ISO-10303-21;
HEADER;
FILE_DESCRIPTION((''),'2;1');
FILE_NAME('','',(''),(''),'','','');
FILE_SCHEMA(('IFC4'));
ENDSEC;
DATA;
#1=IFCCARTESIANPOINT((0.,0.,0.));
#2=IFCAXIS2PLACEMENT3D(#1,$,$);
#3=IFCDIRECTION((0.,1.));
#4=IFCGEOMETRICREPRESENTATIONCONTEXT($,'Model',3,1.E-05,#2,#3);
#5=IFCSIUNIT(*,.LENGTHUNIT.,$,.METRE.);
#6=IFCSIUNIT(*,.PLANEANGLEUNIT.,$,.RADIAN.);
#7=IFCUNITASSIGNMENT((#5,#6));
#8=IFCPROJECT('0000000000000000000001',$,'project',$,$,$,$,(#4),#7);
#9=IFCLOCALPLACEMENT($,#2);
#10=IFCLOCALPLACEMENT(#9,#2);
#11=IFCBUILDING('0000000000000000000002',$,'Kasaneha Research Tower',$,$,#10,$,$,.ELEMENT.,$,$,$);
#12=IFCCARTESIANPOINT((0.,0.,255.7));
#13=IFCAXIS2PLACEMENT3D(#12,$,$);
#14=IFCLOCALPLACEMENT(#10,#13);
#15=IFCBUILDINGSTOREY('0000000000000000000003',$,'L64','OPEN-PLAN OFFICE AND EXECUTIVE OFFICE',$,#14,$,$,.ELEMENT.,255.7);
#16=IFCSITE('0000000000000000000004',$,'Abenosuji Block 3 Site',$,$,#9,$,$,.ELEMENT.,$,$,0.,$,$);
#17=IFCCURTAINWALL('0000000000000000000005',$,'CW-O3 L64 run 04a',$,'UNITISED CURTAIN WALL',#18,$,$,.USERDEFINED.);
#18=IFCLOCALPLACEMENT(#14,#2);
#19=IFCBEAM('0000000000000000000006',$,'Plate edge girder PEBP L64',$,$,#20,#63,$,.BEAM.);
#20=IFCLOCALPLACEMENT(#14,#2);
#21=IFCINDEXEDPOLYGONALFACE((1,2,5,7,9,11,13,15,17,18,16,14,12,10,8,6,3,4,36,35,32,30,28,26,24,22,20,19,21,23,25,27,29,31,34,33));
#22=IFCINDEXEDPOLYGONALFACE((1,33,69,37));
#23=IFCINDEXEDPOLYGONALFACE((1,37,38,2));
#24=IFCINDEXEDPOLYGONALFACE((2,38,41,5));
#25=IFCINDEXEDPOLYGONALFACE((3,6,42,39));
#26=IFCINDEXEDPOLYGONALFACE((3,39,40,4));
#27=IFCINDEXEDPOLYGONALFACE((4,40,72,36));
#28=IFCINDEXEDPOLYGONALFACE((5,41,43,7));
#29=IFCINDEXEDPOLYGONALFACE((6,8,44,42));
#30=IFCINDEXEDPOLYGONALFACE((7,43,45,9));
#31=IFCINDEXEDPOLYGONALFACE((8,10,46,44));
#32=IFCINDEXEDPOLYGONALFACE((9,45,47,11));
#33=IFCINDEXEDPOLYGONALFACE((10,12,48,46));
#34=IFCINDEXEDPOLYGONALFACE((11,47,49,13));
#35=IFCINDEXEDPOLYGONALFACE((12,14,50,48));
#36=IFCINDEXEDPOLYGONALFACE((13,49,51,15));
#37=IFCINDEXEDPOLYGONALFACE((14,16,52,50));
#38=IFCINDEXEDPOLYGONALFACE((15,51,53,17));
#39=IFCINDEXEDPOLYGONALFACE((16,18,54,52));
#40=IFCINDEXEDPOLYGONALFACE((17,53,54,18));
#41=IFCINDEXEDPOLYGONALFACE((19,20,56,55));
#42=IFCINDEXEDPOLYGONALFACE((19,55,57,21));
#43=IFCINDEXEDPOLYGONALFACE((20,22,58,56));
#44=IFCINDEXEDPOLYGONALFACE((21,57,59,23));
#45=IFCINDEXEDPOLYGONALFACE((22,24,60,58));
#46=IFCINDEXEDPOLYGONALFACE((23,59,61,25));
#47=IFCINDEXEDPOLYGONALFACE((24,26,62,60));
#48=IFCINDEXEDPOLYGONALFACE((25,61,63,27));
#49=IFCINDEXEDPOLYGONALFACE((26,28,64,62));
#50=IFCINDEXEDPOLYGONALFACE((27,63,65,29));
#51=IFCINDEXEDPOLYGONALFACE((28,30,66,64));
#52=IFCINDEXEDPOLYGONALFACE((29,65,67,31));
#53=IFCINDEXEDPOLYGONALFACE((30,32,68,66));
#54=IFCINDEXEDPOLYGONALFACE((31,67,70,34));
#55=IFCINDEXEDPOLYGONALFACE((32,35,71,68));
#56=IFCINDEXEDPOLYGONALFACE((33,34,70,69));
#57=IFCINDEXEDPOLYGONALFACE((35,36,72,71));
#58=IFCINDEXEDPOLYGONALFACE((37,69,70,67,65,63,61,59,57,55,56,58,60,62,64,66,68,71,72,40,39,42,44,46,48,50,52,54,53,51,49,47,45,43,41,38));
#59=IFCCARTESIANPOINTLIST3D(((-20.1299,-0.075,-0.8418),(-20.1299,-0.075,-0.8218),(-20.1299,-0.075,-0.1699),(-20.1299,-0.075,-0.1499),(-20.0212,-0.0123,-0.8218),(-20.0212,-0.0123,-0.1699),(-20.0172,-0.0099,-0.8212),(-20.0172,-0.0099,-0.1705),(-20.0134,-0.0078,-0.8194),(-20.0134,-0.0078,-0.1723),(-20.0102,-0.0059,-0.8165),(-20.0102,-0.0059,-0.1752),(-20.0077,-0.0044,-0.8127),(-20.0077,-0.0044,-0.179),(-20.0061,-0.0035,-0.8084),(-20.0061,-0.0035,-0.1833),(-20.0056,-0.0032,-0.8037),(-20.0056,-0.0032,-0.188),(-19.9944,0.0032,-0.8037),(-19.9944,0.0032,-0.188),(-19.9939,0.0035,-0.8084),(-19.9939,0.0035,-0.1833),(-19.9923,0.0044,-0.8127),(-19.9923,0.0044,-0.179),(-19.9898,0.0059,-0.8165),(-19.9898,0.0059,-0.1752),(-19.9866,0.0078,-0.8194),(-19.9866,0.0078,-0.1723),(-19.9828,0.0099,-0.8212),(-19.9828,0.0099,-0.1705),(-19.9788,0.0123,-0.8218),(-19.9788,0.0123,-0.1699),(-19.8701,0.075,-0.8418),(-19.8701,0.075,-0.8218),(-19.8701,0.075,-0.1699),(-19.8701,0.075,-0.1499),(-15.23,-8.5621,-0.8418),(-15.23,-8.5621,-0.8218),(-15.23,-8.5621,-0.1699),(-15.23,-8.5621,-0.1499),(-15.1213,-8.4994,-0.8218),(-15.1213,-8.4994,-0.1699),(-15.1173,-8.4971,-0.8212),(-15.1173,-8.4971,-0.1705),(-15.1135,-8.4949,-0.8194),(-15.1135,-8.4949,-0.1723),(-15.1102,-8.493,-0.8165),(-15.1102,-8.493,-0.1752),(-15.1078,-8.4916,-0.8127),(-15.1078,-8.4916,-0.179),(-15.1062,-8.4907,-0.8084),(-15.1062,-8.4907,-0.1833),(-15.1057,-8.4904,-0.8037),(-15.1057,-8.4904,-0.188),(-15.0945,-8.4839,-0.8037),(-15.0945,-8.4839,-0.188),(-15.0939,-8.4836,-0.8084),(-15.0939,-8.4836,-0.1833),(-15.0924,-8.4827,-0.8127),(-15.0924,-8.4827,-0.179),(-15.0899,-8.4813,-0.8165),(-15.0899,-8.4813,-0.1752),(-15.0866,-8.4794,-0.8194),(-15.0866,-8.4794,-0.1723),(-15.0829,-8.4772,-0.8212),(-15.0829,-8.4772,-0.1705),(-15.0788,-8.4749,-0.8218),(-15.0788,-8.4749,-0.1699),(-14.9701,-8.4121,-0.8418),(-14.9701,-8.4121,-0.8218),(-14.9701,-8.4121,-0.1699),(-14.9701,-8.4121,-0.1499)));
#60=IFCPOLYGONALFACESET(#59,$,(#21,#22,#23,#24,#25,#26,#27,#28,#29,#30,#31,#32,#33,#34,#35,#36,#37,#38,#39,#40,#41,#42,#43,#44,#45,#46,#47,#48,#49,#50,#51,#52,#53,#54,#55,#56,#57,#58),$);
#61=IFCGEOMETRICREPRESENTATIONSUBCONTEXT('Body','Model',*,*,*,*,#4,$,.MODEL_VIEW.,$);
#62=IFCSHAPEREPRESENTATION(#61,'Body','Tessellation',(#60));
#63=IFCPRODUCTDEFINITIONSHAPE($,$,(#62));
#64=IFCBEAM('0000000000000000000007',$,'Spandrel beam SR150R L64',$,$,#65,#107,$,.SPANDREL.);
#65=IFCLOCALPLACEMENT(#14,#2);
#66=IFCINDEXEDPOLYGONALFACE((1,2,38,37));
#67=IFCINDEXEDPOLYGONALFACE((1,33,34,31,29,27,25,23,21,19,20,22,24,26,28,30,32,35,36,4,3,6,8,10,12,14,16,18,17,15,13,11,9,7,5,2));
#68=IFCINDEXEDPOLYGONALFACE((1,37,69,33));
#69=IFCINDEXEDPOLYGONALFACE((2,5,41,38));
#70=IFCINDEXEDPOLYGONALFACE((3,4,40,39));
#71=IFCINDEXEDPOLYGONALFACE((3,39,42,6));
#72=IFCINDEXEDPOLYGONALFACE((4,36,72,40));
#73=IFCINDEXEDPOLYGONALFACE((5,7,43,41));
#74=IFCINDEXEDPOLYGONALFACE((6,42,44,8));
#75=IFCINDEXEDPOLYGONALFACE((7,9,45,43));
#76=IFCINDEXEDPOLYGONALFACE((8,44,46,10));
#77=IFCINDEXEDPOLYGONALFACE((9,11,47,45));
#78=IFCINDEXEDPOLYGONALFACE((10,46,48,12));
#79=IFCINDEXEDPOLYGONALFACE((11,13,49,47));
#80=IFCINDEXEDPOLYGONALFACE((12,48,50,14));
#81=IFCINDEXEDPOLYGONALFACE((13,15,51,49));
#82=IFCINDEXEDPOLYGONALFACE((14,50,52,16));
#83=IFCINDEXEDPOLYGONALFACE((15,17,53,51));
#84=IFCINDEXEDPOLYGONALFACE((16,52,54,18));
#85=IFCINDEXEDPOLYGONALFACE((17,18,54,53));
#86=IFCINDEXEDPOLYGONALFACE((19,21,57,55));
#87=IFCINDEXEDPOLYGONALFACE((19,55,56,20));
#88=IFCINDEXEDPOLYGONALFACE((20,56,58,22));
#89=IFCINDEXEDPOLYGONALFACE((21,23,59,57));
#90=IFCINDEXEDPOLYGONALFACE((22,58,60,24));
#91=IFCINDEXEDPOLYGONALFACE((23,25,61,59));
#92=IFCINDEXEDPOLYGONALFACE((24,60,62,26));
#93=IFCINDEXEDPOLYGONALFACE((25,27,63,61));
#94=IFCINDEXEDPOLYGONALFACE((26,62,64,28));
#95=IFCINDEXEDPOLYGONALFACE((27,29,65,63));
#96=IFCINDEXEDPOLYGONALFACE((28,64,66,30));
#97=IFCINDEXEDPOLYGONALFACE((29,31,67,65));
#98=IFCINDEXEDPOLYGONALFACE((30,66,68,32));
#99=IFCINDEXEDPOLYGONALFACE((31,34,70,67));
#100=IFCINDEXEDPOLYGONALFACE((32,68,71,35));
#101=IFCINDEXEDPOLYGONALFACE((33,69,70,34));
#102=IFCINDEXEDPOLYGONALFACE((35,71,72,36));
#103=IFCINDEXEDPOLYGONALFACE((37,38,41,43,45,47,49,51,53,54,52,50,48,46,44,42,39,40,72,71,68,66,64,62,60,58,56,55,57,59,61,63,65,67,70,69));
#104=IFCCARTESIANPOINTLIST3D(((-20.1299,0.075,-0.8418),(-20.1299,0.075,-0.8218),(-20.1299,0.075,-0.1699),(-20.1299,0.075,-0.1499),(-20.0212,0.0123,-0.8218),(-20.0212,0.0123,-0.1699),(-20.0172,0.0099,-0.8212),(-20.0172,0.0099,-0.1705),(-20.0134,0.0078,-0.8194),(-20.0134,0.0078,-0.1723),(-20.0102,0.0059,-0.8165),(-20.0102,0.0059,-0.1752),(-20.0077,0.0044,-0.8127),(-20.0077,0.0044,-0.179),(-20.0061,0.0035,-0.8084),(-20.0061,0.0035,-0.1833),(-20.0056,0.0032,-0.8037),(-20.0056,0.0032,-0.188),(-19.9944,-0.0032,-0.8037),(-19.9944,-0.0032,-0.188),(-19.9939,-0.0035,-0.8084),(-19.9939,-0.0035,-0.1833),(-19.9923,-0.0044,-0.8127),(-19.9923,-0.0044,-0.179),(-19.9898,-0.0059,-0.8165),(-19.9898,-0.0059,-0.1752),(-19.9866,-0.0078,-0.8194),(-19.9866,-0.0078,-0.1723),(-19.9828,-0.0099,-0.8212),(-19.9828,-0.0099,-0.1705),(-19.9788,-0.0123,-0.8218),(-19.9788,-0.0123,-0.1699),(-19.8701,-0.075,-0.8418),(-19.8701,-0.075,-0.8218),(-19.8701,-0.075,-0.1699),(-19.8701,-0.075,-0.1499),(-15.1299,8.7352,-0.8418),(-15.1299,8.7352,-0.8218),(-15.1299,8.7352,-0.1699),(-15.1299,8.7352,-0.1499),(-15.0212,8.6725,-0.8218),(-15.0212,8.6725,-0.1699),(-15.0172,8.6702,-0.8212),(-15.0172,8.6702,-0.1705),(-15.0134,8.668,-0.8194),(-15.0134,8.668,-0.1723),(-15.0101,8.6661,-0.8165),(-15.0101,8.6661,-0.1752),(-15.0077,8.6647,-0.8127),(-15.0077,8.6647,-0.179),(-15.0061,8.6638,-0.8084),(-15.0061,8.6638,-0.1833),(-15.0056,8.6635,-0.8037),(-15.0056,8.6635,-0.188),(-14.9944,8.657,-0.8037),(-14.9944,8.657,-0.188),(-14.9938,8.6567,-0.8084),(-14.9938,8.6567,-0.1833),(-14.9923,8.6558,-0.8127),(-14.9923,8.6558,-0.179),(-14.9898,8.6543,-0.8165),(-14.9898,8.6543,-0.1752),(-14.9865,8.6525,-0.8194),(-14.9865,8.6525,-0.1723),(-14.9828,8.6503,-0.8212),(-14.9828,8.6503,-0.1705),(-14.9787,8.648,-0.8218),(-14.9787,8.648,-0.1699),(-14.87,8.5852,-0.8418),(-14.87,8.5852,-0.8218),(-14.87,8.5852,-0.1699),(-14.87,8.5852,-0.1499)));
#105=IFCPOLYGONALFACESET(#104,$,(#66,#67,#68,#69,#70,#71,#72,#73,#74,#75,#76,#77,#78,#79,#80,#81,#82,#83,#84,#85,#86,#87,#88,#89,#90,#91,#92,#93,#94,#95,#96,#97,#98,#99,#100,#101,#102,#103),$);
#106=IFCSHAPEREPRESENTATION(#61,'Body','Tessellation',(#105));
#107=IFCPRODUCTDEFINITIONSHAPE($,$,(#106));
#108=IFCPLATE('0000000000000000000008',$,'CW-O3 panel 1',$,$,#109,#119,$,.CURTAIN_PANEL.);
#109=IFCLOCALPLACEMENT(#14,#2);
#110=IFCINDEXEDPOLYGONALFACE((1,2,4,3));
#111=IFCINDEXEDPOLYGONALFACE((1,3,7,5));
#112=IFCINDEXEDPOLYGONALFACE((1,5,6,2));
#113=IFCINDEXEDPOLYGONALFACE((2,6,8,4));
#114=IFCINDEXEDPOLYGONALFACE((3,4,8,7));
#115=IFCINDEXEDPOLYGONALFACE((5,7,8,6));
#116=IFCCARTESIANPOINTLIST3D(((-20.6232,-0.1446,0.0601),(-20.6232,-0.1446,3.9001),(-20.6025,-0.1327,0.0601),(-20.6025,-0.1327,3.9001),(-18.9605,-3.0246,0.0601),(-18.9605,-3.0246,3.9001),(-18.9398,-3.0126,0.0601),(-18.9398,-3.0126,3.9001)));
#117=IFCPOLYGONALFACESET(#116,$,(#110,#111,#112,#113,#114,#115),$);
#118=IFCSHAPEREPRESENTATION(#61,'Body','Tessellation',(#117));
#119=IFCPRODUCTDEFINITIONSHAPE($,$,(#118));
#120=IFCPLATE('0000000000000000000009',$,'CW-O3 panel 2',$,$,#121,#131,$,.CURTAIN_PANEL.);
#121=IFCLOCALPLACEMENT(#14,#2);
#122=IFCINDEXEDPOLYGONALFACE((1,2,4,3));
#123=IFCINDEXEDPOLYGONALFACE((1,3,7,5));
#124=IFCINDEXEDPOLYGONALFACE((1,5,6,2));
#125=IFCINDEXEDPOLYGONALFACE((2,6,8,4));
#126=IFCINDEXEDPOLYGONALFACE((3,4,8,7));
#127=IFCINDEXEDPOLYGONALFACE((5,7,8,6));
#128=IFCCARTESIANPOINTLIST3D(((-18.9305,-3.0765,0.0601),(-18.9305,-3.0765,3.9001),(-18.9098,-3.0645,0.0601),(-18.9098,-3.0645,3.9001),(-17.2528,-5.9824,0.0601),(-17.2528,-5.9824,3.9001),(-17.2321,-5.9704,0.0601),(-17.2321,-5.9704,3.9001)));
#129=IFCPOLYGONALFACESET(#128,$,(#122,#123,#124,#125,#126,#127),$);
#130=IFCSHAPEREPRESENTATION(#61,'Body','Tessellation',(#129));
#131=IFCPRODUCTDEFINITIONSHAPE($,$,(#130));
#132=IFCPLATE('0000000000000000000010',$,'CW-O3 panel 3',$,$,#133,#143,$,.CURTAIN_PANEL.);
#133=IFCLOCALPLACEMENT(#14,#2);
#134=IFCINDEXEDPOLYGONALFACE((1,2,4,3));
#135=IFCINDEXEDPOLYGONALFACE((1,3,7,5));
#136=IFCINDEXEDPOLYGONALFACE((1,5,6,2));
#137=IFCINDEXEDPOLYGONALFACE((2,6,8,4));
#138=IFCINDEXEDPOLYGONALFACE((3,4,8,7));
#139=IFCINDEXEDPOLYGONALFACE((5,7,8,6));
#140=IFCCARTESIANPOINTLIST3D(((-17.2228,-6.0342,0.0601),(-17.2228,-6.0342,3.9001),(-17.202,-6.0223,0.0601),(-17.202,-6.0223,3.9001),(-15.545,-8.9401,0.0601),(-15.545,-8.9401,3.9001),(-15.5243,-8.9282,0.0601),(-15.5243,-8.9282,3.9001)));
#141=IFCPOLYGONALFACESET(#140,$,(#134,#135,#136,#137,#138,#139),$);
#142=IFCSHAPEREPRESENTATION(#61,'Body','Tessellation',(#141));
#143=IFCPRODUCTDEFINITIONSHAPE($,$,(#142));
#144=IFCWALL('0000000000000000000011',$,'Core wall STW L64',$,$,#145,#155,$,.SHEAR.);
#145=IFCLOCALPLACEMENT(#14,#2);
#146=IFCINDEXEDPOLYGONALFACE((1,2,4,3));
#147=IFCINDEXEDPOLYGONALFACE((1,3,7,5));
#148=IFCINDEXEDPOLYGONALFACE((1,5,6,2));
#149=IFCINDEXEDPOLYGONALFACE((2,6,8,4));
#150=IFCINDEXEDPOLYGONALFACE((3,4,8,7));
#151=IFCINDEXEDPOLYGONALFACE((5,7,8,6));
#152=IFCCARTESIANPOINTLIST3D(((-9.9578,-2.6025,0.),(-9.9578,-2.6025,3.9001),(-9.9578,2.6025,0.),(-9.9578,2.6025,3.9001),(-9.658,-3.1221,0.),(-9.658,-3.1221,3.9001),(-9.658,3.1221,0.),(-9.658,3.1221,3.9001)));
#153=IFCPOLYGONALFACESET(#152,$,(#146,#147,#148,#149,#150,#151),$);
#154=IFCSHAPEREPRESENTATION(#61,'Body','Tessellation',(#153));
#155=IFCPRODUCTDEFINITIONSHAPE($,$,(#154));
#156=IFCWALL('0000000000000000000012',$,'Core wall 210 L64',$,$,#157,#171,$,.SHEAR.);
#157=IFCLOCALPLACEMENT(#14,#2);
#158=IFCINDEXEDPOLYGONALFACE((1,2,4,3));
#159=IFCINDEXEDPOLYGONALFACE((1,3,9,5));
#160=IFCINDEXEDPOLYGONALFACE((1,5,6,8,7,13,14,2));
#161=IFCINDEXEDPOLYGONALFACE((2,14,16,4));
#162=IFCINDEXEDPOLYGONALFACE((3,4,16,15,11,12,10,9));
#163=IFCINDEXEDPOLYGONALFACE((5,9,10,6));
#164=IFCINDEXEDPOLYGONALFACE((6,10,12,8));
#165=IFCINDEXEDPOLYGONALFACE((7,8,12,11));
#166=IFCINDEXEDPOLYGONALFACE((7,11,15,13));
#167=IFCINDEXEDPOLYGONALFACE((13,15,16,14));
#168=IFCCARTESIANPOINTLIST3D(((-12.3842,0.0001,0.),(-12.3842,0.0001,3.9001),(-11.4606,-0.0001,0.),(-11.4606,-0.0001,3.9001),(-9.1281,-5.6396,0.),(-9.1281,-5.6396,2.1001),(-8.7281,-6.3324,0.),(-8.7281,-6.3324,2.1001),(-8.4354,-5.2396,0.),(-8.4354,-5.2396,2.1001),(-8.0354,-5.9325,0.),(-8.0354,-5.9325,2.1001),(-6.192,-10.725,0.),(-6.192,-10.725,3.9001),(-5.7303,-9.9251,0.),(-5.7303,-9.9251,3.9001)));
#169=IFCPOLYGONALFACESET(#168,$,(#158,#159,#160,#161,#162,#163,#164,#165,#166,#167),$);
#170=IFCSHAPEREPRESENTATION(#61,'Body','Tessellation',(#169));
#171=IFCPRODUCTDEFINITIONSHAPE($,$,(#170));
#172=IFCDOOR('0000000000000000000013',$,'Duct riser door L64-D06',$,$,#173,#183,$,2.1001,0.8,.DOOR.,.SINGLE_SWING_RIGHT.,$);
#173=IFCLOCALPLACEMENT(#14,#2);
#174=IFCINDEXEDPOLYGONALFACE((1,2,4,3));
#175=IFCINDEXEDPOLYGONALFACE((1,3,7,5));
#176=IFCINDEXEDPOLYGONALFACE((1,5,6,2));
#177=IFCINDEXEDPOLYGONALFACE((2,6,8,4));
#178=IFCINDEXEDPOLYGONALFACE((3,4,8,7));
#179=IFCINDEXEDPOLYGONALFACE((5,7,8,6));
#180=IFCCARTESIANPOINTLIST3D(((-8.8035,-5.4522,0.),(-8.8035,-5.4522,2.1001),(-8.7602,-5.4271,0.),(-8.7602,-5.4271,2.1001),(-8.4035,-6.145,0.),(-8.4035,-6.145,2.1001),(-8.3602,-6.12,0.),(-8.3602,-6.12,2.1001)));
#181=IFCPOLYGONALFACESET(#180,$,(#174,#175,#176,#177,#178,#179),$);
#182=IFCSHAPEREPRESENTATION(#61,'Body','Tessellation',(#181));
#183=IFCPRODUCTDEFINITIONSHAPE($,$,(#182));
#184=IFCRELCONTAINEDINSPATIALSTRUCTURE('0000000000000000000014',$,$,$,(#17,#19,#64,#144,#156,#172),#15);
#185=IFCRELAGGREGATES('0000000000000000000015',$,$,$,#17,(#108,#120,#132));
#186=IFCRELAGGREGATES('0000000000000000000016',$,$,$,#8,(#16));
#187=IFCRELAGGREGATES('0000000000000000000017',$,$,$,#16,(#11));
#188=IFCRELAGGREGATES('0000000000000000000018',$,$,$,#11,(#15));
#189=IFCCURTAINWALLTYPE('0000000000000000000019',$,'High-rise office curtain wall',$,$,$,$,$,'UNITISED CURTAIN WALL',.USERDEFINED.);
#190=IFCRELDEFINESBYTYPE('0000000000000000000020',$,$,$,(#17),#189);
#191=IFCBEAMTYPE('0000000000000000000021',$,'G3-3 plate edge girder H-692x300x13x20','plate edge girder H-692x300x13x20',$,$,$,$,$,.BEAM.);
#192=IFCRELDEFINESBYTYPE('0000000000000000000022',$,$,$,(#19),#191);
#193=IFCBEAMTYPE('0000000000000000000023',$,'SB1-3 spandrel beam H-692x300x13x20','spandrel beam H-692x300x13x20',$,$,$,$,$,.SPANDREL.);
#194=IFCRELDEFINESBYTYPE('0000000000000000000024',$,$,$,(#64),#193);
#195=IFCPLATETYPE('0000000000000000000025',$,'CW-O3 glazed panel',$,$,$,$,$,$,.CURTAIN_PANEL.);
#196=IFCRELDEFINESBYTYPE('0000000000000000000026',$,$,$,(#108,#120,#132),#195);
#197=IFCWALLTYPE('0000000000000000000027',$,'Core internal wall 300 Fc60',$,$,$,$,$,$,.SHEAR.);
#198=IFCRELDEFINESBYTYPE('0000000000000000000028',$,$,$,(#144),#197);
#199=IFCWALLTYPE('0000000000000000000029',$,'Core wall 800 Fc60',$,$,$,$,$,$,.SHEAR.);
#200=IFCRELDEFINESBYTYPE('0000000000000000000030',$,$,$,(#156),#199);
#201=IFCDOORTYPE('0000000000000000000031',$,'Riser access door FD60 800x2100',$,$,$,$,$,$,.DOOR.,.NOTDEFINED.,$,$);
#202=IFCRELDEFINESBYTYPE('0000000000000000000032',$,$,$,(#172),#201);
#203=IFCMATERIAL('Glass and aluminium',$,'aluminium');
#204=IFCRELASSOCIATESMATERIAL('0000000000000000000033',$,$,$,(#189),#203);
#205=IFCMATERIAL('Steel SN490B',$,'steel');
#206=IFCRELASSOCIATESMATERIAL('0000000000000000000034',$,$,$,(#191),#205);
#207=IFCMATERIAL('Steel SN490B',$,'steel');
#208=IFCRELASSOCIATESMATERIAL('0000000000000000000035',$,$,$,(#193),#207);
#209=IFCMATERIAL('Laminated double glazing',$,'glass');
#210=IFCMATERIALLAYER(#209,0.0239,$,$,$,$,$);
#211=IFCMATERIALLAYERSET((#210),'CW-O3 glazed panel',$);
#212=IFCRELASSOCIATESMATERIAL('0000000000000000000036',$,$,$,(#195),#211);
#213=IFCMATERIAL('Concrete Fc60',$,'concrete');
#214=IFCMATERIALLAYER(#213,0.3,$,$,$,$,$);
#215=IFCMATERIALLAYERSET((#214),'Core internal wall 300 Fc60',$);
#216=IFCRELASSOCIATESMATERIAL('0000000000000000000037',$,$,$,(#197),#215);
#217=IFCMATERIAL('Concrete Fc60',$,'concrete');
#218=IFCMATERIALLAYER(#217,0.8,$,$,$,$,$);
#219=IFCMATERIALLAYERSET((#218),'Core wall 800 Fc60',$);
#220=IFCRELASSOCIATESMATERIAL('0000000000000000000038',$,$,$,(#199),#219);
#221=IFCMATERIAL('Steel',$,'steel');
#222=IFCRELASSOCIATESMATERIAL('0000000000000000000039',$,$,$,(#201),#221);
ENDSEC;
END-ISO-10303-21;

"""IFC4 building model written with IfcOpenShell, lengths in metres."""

from ifc_helpers import new_model, si_unit, direction, frame, frame_2d, origin, origin_2d, place, context, subcontext, project, spatial, polyline, rectangle, i_section, outline, extrude, material, layer, layer_set, material_profile, profile_set, type_object, element, fill, aggregate, save


model = new_model("IFC4")

# Units and contexts
model_context = context("Model", 3, precision=1e-05, world=origin(), true_north=direction((0.0, 1.0)))
body_context = subcontext(model_context, "Body", "Model", "MODEL_VIEW")
ifc_project = project(units=[si_unit("LENGTHUNIT", "METRE"), si_unit("PLANEANGLEUNIT", "RADIAN")], contexts=[model_context])

# Site, building, storey
site_placement = place(None, origin())
site = spatial("IfcSite", under=ifc_project, at=site_placement, Name="Abenosuji Block 3 Site", CompositionType="ELEMENT", RefElevation=0.0)
building_placement = place(site_placement, origin())
building = spatial("IfcBuilding", under=site, at=building_placement, Name="Kasaneha Research Tower", CompositionType="ELEMENT")
storey_placement = place(building_placement, frame((0.0, 0.0, 255.7)))
storey = spatial("IfcBuildingStorey", under=building, at=storey_placement, Name="L64", Description="OPEN-PLAN OFFICE AND EXECUTIVE OFFICE", CompositionType="ELEMENT", Elevation=255.7)

# Curtain wall
ifc_material_1 = material(Name="Glass and aluminium", Category="aluminium")
curtain_wall_type = type_object("IfcCurtainWallType", Name="High-rise office curtain wall", ElementType="UNITISED CURTAIN WALL", PredefinedType="USERDEFINED", material=ifc_material_1)
curtain_wall_placement = place(storey_placement, origin())
curtain_wall = element("IfcCurtainWall", 1, at=curtain_wall_placement, inside=storey, type_object=curtain_wall_type, Name="CW-O3 L64 run 04a", ObjectType="UNITISED CURTAIN WALL", PredefinedType="USERDEFINED")

# Beams
ifc_material_2 = material(Name="Steel SN490B", Category="steel")
ifc_material_profile_1 = material_profile(ifc_material_2, i_section(OverallWidth=0.3, OverallDepth=0.6919, WebThickness=0.0129, FlangeThickness=0.02, FilletRadius=0.0181, at=origin_2d()), Name="H-692x300x13x20")
ifc_profile_set_1 = profile_set([ifc_material_profile_1], Name="Steel SN490B")
beam_type_1 = type_object("IfcBeamType", Name="G3-3 plate edge girder H-692x300x13x20", Description="plate edge girder H-692x300x13x20", PredefinedType="BEAM", material=ifc_profile_set_1)
beam_1_placement = place(storey_placement, frame((-20.0, 0.0, -0.4958), z_axis=(0.499992, -0.86603, 0.0), x_axis=(0.86603, 0.499992, 0.0)))
element("IfcBeam", 2, at=beam_1_placement, inside=storey, type_object=beam_type_1, Name="Plate edge girder PEBP L64", PredefinedType="BEAM", context=body_context, shape_type="SweptSolid", body=[
    extrude(i_section(OverallWidth=0.3, OverallDepth=0.6919, WebThickness=0.0129, FlangeThickness=0.02, FilletRadius=0.0181, at=origin_2d()), origin(), (0.0, 0.0, 1.0), 9.8),
])
ifc_material_3 = material(Name="Steel SN490B", Category="steel")
ifc_material_profile_2 = material_profile(ifc_material_3, i_section(OverallWidth=0.3, OverallDepth=0.6919, WebThickness=0.0129, FlangeThickness=0.02, FilletRadius=0.0181, at=origin_2d()), Name="H-692x300x13x20")
ifc_profile_set_2 = profile_set([ifc_material_profile_2], Name="Steel SN490B")
beam_type_2 = type_object("IfcBeamType", Name="SB1-3 spandrel beam H-692x300x13x20", Description="spandrel beam H-692x300x13x20", PredefinedType="SPANDREL", material=ifc_profile_set_2)
beam_2_placement = place(storey_placement, frame((-20.0, 0.0, -0.4958), z_axis=(0.500004, 0.866023, 0.0), x_axis=(-0.866023, 0.500004, 0.0)))
element("IfcBeam", 3, at=beam_2_placement, inside=storey, type_object=beam_type_2, Name="Spandrel beam SR150R L64", PredefinedType="SPANDREL", context=body_context, shape_type="SweptSolid", body=[
    extrude(i_section(OverallWidth=0.3, OverallDepth=0.6919, WebThickness=0.0129, FlangeThickness=0.02, FilletRadius=0.0181, at=origin_2d()), origin(), (0.0, 0.0, 1.0), 10.0),
])

# Plates
ifc_material_4 = material(Name="Laminated double glazing", Category="glass")
ifc_layer_1 = layer(ifc_material_4, 0.0239)
ifc_layer_set_1 = layer_set([ifc_layer_1], Name="CW-O3 glazed panel")
plate_type = type_object("IfcPlateType", Name="CW-O3 glazed panel", PredefinedType="CURTAIN_PANEL", material=ifc_layer_set_1)
plate_1_placement = place(storey_placement, frame((-19.7815, -1.5786, 0.0601), z_axis=(0.0, 0.0, 1.0), x_axis=(0.5, -0.866025, 0.0)))
plate_1 = element("IfcPlate", 4, at=plate_1_placement, type_object=plate_type, Name="CW-O3 panel 1", PredefinedType="CURTAIN_PANEL", context=body_context, shape_type="SweptSolid", body=[
    extrude(rectangle(XDim=3.3254, YDim=0.0239, at=origin_2d()), origin(), (0.0, 0.0, 1.0), 3.8401),
])
plate_2_placement = place(storey_placement, frame((-18.0813, -4.5234, 0.0601), z_axis=(0.0, 0.0, 1.0), x_axis=(0.5, -0.866025, 0.0)))
plate_2 = element("IfcPlate", 5, at=plate_2_placement, type_object=plate_type, Name="CW-O3 panel 2", PredefinedType="CURTAIN_PANEL", context=body_context, shape_type="SweptSolid", body=[
    extrude(rectangle(XDim=3.3555, YDim=0.0239, at=origin_2d()), origin(), (0.0, 0.0, 1.0), 3.8401),
])
plate_3_placement = place(storey_placement, frame((-16.3735, -7.4812, 0.0601), z_axis=(0.0, 0.0, 1.0), x_axis=(0.5, -0.866025, 0.0)))
plate_3 = element("IfcPlate", 6, at=plate_3_placement, type_object=plate_type, Name="CW-O3 panel 3", PredefinedType="CURTAIN_PANEL", context=body_context, shape_type="SweptSolid", body=[
    extrude(rectangle(XDim=3.3555, YDim=0.0239, at=origin_2d()), origin(), (0.0, 0.0, 1.0), 3.8401),
])
aggregate(curtain_wall, [plate_1, plate_2, plate_3])

# Wall
ifc_material_5 = material(Name="Concrete Fc60", Category="concrete")
ifc_layer_2 = layer(ifc_material_5, 0.3)
ifc_layer_set_2 = layer_set([ifc_layer_2], Name="Core internal wall 300 Fc60")
wall_type_1 = type_object("IfcWallType", Name="Core internal wall 300 Fc60", PredefinedType="SHEAR", material=ifc_layer_set_2)
wall_1_placement = place(storey_placement, frame((-9.8079, -2.8623, 0.0), z_axis=(0.0, 0.0, 1.0), x_axis=(0.0, 1.0, 0.0)))
element("IfcWall", 7, at=wall_1_placement, inside=storey, type_object=wall_type_1, Name="Core wall STW L64", PredefinedType="SHEAR", context=body_context, shape_type="SweptSolid", body=[
    extrude(outline(polyline([(-0.2598, -0.1499), (5.9844, -0.1499), (5.4648, 0.1499), (0.2598, 0.1499), (-0.2598, -0.1499)])), origin(), (0.0, 0.0, 1.0), 3.9001),
])

# Wall, opening, door
ifc_material_6 = material(Name="Concrete Fc60", Category="concrete")
ifc_layer_3 = layer(ifc_material_6, 0.8)
ifc_layer_set_3 = layer_set([ifc_layer_3], Name="Core wall 800 Fc60")
wall_type_2 = type_object("IfcWallType", Name="Core wall 800 Fc60", PredefinedType="SHEAR", material=ifc_layer_set_3)
wall_2_placement = place(storey_placement, frame((-11.9224, 0.0, 0.0), z_axis=(0.0, 0.0, 1.0), x_axis=(0.500004, -0.866023, 0.0)))
wall_2 = element("IfcWall", 8, at=wall_2_placement, inside=storey, type_object=wall_type_2, Name="Core wall 210 L64", PredefinedType="SHEAR", context=body_context, shape_type="SweptSolid", body=[
    extrude(outline(polyline([(-0.231, -0.3999), (6.2812, -0.3999), (7.0813, -0.3999), (12.1533, -0.3999), (11.6914, 0.3999), (7.0813, 0.3999), (6.2812, 0.3999), (0.231, 0.3999), (-0.231, -0.3999)])), origin(), (0.0, 0.0, 1.0), 3.9001),
])
opening_1_placement = place(wall_2_placement, frame((6.2812, 0.0, 0.0)))
opening_1 = element("IfcOpeningElement", 9, at=opening_1_placement, cuts=wall_2, PredefinedType="OPENING", context=body_context, shape_type="SweptSolid", body=[
    extrude(rectangle(XDim=0.8, YDim=2.1001, at=frame_2d((0.3999, 1.05))), frame((0.0, 0.4102, 0.0), z_axis=(0.0, -1.0, 0.0), x_axis=(1.0, 0.0, 0.0)), (0.0, 0.0, 1.0), 0.8201),
])
ifc_material_7 = material(Name="Steel", Category="steel")
door_type_1 = type_object("IfcDoorType", Name="Riser access door FD60 800x2100", OperationType="NOTDEFINED", PredefinedType="DOOR", material=ifc_material_7)
door_1_placement = place(opening_1_placement, origin())
door_1 = element("IfcDoor", 10, at=door_1_placement, inside=storey, type_object=door_type_1, Name="Duct riser door L64-D06", OperationType="SINGLE_SWING_RIGHT", OverallHeight=2.1001, OverallWidth=0.8, PredefinedType="DOOR", context=body_context, shape_type="SweptSolid", body=[
    extrude(rectangle(XDim=0.8, YDim=2.1001, at=frame_2d((0.3999, 1.05))), frame((0.0, 0.0249, 0.0), z_axis=(0.0, -1.0, 0.0), x_axis=(1.0, 0.0, 0.0)), (0.0, 0.0, 1.0), 0.05),
])
fill(opening_1, door_1)

save(model, "model.ifc")
